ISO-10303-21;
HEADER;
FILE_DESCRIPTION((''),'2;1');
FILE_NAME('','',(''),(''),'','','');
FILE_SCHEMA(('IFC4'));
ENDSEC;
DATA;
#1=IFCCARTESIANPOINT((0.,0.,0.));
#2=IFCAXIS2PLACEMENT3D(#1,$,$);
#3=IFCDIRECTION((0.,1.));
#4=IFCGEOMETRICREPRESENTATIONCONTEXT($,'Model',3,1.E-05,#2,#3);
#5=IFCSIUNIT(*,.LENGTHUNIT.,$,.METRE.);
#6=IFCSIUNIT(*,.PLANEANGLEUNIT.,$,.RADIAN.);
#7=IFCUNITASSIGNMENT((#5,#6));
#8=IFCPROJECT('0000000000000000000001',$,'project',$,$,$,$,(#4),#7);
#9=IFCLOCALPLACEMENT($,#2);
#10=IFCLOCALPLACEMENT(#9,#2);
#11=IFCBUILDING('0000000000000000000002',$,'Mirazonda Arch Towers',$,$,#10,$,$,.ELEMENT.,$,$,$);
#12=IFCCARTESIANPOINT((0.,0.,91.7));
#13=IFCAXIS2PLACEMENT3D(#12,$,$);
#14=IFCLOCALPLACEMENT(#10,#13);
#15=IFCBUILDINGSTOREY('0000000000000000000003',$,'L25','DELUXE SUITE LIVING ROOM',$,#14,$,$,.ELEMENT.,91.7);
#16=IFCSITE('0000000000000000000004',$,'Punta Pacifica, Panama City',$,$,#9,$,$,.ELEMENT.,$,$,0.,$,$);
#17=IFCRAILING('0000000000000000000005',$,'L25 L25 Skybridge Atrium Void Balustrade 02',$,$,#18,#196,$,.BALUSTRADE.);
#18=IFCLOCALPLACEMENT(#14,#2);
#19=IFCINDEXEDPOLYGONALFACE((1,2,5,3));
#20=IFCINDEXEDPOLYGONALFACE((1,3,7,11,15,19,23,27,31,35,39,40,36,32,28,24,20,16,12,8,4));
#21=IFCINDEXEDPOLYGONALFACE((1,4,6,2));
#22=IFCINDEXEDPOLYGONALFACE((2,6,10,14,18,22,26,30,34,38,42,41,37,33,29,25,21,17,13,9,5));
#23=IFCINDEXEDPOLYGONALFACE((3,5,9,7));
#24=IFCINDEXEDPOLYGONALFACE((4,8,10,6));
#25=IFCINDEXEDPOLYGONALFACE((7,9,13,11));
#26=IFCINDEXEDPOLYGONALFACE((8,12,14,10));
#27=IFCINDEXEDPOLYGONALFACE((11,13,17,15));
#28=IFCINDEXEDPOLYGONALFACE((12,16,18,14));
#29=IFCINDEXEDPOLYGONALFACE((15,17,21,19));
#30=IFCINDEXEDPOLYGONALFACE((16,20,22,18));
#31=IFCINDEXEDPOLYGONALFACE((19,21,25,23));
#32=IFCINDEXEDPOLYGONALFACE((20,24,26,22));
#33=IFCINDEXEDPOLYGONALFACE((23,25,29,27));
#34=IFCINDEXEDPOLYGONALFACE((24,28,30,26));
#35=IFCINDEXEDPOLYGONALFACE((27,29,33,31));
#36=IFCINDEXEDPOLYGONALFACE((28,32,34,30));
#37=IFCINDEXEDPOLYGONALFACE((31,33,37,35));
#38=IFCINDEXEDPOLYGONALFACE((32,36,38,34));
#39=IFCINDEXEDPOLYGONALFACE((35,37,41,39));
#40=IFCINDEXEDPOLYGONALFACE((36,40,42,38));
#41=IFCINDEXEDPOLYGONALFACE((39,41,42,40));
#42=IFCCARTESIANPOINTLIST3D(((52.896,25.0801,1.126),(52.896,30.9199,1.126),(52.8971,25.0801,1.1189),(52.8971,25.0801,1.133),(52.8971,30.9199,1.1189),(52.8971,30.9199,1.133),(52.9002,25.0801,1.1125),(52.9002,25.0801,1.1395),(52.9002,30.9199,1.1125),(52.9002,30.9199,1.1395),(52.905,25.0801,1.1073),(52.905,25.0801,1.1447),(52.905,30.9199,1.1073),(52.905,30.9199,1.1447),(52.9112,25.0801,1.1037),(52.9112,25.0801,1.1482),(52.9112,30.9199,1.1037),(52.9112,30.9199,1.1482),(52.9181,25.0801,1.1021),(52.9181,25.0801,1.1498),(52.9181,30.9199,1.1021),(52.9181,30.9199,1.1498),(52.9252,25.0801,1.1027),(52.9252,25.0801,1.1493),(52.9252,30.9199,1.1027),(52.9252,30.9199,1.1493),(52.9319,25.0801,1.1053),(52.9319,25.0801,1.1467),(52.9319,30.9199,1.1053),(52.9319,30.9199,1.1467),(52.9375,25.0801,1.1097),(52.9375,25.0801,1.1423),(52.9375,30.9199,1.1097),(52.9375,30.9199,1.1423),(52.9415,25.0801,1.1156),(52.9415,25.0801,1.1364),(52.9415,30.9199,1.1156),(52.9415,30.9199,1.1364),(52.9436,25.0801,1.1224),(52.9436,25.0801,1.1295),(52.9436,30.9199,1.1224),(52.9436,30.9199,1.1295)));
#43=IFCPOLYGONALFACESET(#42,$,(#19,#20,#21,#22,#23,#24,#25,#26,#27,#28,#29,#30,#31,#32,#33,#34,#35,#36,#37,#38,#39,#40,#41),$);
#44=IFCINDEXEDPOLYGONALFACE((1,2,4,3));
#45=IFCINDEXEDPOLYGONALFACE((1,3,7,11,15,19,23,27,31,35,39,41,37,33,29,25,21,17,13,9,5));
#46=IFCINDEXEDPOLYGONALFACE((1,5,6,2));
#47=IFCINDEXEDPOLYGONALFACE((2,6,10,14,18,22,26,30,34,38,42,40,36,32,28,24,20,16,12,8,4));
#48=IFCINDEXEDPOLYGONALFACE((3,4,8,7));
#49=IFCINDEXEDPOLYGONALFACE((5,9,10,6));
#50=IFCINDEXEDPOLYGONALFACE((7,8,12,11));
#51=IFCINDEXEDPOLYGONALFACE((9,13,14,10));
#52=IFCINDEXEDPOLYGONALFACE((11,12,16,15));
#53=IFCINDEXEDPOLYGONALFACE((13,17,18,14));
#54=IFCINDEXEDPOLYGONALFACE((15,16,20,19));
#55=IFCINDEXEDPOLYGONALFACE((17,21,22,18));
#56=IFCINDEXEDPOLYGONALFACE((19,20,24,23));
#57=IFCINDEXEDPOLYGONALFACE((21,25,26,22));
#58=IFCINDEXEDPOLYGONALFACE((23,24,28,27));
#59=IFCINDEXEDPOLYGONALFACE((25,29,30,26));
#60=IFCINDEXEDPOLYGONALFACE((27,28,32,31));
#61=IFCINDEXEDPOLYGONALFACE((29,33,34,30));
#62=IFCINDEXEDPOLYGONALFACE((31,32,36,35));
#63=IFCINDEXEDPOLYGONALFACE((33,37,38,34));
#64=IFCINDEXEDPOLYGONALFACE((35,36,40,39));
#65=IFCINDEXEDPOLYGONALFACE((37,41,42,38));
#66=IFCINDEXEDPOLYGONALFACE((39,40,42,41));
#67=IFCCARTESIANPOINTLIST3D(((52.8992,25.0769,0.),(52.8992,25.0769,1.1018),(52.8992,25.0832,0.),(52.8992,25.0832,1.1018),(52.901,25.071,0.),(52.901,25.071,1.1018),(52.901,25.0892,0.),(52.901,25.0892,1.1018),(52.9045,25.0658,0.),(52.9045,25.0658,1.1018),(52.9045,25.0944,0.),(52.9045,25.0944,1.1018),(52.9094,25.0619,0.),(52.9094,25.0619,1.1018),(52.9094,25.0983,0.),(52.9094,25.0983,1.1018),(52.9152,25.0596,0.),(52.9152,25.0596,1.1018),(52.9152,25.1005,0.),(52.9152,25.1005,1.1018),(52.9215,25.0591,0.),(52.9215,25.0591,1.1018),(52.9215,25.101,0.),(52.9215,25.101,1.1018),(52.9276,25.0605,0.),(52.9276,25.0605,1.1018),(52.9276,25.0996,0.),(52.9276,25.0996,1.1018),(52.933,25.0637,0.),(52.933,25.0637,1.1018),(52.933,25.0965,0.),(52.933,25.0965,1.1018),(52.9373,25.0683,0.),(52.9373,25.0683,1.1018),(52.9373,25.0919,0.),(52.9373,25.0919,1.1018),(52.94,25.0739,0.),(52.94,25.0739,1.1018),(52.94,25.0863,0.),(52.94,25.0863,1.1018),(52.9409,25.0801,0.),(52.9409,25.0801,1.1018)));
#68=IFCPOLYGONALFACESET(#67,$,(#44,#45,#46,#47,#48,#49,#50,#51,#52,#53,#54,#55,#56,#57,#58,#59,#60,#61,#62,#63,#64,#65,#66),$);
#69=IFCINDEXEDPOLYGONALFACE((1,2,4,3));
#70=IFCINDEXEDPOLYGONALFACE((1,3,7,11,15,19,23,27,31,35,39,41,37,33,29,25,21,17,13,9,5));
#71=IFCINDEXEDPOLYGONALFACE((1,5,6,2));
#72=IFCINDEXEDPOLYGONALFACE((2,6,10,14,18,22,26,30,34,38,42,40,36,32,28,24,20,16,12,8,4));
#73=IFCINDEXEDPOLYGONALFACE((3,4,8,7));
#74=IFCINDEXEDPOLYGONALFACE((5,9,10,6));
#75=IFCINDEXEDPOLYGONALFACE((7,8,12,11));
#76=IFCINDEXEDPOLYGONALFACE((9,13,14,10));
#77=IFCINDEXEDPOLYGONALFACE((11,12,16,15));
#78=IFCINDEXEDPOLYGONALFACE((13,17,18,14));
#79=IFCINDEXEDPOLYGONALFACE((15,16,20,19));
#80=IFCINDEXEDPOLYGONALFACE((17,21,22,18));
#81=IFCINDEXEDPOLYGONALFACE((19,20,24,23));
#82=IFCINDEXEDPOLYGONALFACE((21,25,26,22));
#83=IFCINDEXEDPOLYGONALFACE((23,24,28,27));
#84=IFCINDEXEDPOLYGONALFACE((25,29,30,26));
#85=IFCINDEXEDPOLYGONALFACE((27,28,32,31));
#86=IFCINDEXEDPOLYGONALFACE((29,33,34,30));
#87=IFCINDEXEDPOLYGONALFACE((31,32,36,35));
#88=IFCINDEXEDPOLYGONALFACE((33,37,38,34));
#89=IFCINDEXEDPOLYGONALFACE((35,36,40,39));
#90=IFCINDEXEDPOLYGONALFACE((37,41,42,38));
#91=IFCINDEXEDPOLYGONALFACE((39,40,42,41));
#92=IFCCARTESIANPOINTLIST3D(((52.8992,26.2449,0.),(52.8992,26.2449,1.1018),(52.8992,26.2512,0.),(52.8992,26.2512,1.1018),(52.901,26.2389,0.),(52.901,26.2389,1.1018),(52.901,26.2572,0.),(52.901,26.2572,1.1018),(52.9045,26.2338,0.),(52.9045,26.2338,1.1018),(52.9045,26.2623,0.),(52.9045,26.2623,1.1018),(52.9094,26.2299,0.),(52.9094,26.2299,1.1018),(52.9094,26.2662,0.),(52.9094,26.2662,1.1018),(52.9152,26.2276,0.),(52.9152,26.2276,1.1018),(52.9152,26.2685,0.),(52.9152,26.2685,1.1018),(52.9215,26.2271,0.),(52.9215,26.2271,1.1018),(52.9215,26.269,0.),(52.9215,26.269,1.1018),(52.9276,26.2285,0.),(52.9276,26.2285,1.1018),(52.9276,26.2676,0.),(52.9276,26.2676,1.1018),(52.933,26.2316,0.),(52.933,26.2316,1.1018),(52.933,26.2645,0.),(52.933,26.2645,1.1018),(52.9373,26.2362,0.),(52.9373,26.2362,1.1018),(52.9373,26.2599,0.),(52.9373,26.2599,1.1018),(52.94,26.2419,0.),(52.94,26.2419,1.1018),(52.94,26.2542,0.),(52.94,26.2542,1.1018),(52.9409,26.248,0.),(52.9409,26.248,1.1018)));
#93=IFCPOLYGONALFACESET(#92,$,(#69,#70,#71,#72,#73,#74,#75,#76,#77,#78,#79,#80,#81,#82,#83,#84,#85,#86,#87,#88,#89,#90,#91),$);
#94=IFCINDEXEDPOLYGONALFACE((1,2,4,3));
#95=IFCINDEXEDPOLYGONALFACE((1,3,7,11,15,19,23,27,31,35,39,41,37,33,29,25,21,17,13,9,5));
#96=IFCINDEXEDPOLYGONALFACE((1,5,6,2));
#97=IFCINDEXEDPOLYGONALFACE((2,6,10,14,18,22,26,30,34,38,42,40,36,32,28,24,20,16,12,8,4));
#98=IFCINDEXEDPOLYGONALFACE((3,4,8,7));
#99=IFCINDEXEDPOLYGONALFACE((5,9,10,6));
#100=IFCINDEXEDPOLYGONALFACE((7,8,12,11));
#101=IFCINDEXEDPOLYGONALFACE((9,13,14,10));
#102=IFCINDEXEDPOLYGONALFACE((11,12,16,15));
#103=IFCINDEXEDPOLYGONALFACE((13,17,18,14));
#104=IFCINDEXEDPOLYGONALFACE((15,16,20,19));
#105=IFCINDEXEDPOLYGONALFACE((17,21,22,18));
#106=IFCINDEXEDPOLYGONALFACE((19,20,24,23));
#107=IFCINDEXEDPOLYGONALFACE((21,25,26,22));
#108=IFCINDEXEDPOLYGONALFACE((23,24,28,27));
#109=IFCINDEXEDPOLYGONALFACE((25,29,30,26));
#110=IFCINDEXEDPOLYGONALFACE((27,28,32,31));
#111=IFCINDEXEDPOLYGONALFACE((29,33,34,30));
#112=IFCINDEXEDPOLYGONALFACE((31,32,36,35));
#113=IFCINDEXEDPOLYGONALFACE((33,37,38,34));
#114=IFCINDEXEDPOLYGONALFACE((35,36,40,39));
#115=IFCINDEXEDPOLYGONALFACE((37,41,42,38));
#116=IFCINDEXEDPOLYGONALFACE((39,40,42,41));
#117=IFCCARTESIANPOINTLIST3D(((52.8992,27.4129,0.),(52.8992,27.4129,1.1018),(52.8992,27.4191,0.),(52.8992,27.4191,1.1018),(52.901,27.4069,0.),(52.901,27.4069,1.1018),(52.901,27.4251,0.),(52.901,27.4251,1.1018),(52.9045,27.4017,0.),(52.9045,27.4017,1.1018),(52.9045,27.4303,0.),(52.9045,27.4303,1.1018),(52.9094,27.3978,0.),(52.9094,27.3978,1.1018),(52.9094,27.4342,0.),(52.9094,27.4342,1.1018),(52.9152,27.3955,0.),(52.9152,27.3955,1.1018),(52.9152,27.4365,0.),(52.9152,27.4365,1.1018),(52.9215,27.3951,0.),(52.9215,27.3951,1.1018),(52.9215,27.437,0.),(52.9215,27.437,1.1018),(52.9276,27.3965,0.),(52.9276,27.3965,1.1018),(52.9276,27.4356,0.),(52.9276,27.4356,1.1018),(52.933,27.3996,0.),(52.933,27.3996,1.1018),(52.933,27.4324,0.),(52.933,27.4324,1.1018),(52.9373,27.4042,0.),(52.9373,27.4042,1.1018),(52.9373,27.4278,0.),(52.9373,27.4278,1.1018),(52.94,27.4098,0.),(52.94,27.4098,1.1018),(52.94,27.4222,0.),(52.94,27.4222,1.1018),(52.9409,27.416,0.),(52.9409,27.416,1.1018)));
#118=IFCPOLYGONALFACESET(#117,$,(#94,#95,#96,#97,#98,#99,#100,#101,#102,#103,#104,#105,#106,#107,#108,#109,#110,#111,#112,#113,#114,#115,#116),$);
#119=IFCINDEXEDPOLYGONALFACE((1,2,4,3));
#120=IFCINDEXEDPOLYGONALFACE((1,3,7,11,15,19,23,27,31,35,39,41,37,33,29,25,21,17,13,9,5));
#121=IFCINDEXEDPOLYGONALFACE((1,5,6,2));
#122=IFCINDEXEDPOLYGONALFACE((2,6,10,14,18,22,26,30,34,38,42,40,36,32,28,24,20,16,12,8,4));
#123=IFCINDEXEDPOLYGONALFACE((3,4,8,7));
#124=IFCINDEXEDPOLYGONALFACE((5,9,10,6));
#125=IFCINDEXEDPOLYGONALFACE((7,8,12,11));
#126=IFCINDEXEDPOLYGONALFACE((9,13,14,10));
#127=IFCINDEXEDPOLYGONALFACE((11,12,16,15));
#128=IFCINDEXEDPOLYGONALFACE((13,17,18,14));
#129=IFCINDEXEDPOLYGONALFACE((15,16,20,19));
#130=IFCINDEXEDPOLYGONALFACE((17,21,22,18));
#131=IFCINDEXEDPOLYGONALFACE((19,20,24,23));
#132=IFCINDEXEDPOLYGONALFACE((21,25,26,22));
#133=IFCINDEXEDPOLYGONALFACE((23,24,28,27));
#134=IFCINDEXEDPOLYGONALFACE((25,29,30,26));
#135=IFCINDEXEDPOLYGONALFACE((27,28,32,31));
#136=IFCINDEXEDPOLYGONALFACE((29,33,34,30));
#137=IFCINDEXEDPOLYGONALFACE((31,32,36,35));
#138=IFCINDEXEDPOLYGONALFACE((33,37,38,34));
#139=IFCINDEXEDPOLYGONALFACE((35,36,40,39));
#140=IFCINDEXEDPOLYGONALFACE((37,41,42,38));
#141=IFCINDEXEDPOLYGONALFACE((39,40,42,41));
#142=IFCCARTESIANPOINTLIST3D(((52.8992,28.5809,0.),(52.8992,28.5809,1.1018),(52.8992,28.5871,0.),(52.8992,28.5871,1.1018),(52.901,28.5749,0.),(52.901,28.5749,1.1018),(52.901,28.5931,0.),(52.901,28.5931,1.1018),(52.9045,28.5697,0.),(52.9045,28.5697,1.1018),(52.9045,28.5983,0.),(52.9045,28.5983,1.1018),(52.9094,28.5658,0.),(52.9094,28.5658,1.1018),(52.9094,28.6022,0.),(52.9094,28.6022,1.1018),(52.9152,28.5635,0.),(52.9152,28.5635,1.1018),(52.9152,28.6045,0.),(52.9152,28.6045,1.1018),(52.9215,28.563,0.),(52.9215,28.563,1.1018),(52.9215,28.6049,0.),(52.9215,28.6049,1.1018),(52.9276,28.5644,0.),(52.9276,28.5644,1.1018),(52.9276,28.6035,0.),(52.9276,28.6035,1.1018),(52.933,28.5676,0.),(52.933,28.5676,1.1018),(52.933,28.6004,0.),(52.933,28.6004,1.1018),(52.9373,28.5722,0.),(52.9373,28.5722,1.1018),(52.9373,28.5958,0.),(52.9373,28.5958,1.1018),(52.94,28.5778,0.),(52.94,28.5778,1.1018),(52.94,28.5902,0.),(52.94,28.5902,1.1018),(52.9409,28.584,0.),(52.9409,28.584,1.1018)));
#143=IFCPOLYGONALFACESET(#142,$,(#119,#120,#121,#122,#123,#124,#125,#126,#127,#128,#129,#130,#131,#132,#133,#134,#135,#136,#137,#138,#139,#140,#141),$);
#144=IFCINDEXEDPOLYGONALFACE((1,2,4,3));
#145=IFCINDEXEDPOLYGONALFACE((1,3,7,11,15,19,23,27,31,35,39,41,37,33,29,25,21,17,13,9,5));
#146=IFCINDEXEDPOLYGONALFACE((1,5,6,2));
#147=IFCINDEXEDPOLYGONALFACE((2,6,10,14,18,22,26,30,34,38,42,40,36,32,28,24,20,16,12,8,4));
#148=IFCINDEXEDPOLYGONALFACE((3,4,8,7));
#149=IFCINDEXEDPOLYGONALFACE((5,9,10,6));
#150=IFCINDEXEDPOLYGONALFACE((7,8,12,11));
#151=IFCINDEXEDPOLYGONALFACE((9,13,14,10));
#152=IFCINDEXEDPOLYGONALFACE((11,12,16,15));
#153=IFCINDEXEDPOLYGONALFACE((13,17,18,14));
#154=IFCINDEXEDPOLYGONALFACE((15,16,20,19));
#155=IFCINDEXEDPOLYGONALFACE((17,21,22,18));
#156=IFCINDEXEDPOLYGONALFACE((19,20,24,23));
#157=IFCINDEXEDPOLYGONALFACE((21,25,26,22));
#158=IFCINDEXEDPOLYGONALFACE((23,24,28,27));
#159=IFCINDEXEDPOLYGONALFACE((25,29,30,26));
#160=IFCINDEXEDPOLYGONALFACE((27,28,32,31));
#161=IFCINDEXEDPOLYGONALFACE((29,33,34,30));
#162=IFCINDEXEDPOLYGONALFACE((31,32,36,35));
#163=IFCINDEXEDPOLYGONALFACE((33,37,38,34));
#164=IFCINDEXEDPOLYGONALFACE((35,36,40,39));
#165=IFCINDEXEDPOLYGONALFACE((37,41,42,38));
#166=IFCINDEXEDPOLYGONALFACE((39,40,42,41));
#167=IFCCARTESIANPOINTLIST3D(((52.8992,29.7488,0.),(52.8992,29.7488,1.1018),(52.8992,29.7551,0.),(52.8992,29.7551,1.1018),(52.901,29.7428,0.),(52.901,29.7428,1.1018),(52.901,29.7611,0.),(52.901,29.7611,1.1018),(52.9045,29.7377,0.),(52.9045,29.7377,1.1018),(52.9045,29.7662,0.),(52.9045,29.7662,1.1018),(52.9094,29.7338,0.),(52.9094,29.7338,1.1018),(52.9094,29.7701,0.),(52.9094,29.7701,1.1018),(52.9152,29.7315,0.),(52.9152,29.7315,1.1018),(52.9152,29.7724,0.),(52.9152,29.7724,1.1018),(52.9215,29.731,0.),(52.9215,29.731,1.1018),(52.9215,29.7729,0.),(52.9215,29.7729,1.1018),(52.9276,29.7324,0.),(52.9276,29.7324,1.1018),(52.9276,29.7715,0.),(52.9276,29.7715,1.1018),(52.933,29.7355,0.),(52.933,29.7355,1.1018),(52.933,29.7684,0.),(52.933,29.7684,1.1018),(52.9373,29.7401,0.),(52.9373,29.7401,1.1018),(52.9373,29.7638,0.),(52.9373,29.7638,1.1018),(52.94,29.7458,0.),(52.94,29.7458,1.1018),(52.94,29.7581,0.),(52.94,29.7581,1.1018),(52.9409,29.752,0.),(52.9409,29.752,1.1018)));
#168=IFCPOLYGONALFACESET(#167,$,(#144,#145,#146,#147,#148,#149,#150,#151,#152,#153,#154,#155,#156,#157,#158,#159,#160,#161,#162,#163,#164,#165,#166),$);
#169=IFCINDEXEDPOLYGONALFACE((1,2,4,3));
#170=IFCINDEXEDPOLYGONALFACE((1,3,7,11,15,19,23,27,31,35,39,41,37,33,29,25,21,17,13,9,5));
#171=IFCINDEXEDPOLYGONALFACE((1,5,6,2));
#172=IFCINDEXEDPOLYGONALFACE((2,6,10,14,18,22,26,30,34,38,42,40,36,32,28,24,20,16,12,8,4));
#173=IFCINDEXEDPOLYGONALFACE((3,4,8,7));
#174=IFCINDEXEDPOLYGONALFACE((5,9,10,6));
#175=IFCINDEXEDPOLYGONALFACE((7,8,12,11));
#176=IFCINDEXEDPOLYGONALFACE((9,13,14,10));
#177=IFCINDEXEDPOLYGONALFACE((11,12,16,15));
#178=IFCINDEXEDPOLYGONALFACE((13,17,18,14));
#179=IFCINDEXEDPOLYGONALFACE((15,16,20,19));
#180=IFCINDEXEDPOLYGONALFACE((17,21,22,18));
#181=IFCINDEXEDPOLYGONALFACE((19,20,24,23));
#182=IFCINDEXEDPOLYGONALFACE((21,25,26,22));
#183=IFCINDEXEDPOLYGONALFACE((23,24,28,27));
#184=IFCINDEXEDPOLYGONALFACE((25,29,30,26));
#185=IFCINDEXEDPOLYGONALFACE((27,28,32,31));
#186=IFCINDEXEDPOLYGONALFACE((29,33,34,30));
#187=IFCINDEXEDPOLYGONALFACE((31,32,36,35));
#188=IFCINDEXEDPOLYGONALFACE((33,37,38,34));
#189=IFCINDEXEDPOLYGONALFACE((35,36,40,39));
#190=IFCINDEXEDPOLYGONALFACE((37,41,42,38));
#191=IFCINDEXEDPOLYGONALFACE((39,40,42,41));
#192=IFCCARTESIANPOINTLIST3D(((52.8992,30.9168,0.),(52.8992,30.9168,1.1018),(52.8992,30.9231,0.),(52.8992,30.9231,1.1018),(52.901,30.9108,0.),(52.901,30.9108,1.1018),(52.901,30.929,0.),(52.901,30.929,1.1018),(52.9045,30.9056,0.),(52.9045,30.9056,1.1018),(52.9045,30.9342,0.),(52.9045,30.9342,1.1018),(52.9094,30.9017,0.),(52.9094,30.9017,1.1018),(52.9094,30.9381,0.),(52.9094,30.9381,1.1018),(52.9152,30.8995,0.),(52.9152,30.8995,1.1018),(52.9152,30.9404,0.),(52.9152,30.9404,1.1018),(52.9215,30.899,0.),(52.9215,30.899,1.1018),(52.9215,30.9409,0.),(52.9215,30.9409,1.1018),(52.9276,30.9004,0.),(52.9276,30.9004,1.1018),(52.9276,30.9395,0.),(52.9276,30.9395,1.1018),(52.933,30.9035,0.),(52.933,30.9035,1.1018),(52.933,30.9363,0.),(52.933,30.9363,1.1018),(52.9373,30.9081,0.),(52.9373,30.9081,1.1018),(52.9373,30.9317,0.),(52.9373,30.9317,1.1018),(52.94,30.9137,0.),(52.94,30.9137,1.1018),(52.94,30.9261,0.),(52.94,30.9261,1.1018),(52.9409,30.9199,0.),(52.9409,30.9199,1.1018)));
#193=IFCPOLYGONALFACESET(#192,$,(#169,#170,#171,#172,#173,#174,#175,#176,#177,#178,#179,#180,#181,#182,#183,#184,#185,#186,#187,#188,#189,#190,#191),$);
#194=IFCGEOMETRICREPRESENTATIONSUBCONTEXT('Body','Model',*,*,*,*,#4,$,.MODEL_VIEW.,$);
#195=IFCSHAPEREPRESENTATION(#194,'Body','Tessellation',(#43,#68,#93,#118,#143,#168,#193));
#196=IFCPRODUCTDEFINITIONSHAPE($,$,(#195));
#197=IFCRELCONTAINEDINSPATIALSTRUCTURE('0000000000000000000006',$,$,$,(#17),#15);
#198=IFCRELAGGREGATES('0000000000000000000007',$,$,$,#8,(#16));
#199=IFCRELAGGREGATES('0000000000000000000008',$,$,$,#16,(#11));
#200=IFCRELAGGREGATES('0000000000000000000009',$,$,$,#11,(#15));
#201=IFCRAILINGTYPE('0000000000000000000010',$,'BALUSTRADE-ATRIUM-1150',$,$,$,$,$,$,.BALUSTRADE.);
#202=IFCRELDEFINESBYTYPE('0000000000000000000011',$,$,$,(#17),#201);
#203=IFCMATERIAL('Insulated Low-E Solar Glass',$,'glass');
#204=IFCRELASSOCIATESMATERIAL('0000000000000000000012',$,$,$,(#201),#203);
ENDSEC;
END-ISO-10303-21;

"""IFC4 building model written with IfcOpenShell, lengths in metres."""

from ifc_helpers import new_model, si_unit, direction, frame, origin, origin_2d, place, context, subcontext, project, spatial, circle, extrude, material, type_object, element, save


model = new_model("IFC4")

# Units and contexts
model_context = context("Model", 3, precision=1e-05, world=origin(), true_north=direction((0.0, 1.0)))
body_context = subcontext(model_context, "Body", "Model", "MODEL_VIEW")
ifc_project = project(units=[si_unit("LENGTHUNIT", "METRE"), si_unit("PLANEANGLEUNIT", "RADIAN")], contexts=[model_context])

# Site, building, storey
site_placement = place(None, origin())
site = spatial("IfcSite", under=ifc_project, at=site_placement, Name="Punta Pacifica, Panama City", CompositionType="ELEMENT", RefElevation=0.0)
building_placement = place(site_placement, origin())
building = spatial("IfcBuilding", under=site, at=building_placement, Name="Mirazonda Arch Towers", CompositionType="ELEMENT")
storey_placement = place(building_placement, frame((0.0, 0.0, 91.7)))
storey = spatial("IfcBuildingStorey", under=building, at=storey_placement, Name="L25", Description="DELUXE SUITE LIVING ROOM", CompositionType="ELEMENT", Elevation=91.7)

# Shared definitions
ifc_material_1 = material(Name="Insulated Low-E Solar Glass", Category="glass")

# Railing
railing_type = type_object("IfcRailingType", Name="BALUSTRADE-ATRIUM-1150", PredefinedType="BALUSTRADE", material=ifc_material_1)
railing_1_placement = place(storey_placement, frame((52.9199, 25.0801, 0.0)))
element("IfcRailing", 1, at=railing_1_placement, inside=storey, type_object=railing_type, Name="L25 L25 Skybridge Atrium Void Balustrade 02", PredefinedType="BALUSTRADE", context=body_context, shape_type="SweptSolid", body=[
    extrude(circle(Radius=0.0239, at=origin_2d()), frame((0.0, 0.0, 1.126), z_axis=(0.0, 1.0, 0.0), x_axis=(-1.0, 0.0, 0.0)), (0.0, 0.0, 1.0), 5.8398),
    extrude(circle(Radius=0.021, at=origin_2d()), origin(), (0.0, 0.0, 1.0), 1.1018),
    extrude(circle(Radius=0.021, at=origin_2d()), frame((0.0, 1.168, 0.0)), (0.0, 0.0, 1.0), 1.1018),
    extrude(circle(Radius=0.021, at=origin_2d()), frame((0.0, 2.3359, 0.0)), (0.0, 0.0, 1.0), 1.1018),
    extrude(circle(Radius=0.021, at=origin_2d()), frame((0.0, 3.5039, 0.0)), (0.0, 0.0, 1.0), 1.1018),
    extrude(circle(Radius=0.021, at=origin_2d()), frame((0.0, 4.6719, 0.0)), (0.0, 0.0, 1.0), 1.1018),
    extrude(circle(Radius=0.021, at=origin_2d()), frame((0.0, 5.8398, 0.0)), (0.0, 0.0, 1.0), 1.1018),
])

save(model, "model.ifc")
